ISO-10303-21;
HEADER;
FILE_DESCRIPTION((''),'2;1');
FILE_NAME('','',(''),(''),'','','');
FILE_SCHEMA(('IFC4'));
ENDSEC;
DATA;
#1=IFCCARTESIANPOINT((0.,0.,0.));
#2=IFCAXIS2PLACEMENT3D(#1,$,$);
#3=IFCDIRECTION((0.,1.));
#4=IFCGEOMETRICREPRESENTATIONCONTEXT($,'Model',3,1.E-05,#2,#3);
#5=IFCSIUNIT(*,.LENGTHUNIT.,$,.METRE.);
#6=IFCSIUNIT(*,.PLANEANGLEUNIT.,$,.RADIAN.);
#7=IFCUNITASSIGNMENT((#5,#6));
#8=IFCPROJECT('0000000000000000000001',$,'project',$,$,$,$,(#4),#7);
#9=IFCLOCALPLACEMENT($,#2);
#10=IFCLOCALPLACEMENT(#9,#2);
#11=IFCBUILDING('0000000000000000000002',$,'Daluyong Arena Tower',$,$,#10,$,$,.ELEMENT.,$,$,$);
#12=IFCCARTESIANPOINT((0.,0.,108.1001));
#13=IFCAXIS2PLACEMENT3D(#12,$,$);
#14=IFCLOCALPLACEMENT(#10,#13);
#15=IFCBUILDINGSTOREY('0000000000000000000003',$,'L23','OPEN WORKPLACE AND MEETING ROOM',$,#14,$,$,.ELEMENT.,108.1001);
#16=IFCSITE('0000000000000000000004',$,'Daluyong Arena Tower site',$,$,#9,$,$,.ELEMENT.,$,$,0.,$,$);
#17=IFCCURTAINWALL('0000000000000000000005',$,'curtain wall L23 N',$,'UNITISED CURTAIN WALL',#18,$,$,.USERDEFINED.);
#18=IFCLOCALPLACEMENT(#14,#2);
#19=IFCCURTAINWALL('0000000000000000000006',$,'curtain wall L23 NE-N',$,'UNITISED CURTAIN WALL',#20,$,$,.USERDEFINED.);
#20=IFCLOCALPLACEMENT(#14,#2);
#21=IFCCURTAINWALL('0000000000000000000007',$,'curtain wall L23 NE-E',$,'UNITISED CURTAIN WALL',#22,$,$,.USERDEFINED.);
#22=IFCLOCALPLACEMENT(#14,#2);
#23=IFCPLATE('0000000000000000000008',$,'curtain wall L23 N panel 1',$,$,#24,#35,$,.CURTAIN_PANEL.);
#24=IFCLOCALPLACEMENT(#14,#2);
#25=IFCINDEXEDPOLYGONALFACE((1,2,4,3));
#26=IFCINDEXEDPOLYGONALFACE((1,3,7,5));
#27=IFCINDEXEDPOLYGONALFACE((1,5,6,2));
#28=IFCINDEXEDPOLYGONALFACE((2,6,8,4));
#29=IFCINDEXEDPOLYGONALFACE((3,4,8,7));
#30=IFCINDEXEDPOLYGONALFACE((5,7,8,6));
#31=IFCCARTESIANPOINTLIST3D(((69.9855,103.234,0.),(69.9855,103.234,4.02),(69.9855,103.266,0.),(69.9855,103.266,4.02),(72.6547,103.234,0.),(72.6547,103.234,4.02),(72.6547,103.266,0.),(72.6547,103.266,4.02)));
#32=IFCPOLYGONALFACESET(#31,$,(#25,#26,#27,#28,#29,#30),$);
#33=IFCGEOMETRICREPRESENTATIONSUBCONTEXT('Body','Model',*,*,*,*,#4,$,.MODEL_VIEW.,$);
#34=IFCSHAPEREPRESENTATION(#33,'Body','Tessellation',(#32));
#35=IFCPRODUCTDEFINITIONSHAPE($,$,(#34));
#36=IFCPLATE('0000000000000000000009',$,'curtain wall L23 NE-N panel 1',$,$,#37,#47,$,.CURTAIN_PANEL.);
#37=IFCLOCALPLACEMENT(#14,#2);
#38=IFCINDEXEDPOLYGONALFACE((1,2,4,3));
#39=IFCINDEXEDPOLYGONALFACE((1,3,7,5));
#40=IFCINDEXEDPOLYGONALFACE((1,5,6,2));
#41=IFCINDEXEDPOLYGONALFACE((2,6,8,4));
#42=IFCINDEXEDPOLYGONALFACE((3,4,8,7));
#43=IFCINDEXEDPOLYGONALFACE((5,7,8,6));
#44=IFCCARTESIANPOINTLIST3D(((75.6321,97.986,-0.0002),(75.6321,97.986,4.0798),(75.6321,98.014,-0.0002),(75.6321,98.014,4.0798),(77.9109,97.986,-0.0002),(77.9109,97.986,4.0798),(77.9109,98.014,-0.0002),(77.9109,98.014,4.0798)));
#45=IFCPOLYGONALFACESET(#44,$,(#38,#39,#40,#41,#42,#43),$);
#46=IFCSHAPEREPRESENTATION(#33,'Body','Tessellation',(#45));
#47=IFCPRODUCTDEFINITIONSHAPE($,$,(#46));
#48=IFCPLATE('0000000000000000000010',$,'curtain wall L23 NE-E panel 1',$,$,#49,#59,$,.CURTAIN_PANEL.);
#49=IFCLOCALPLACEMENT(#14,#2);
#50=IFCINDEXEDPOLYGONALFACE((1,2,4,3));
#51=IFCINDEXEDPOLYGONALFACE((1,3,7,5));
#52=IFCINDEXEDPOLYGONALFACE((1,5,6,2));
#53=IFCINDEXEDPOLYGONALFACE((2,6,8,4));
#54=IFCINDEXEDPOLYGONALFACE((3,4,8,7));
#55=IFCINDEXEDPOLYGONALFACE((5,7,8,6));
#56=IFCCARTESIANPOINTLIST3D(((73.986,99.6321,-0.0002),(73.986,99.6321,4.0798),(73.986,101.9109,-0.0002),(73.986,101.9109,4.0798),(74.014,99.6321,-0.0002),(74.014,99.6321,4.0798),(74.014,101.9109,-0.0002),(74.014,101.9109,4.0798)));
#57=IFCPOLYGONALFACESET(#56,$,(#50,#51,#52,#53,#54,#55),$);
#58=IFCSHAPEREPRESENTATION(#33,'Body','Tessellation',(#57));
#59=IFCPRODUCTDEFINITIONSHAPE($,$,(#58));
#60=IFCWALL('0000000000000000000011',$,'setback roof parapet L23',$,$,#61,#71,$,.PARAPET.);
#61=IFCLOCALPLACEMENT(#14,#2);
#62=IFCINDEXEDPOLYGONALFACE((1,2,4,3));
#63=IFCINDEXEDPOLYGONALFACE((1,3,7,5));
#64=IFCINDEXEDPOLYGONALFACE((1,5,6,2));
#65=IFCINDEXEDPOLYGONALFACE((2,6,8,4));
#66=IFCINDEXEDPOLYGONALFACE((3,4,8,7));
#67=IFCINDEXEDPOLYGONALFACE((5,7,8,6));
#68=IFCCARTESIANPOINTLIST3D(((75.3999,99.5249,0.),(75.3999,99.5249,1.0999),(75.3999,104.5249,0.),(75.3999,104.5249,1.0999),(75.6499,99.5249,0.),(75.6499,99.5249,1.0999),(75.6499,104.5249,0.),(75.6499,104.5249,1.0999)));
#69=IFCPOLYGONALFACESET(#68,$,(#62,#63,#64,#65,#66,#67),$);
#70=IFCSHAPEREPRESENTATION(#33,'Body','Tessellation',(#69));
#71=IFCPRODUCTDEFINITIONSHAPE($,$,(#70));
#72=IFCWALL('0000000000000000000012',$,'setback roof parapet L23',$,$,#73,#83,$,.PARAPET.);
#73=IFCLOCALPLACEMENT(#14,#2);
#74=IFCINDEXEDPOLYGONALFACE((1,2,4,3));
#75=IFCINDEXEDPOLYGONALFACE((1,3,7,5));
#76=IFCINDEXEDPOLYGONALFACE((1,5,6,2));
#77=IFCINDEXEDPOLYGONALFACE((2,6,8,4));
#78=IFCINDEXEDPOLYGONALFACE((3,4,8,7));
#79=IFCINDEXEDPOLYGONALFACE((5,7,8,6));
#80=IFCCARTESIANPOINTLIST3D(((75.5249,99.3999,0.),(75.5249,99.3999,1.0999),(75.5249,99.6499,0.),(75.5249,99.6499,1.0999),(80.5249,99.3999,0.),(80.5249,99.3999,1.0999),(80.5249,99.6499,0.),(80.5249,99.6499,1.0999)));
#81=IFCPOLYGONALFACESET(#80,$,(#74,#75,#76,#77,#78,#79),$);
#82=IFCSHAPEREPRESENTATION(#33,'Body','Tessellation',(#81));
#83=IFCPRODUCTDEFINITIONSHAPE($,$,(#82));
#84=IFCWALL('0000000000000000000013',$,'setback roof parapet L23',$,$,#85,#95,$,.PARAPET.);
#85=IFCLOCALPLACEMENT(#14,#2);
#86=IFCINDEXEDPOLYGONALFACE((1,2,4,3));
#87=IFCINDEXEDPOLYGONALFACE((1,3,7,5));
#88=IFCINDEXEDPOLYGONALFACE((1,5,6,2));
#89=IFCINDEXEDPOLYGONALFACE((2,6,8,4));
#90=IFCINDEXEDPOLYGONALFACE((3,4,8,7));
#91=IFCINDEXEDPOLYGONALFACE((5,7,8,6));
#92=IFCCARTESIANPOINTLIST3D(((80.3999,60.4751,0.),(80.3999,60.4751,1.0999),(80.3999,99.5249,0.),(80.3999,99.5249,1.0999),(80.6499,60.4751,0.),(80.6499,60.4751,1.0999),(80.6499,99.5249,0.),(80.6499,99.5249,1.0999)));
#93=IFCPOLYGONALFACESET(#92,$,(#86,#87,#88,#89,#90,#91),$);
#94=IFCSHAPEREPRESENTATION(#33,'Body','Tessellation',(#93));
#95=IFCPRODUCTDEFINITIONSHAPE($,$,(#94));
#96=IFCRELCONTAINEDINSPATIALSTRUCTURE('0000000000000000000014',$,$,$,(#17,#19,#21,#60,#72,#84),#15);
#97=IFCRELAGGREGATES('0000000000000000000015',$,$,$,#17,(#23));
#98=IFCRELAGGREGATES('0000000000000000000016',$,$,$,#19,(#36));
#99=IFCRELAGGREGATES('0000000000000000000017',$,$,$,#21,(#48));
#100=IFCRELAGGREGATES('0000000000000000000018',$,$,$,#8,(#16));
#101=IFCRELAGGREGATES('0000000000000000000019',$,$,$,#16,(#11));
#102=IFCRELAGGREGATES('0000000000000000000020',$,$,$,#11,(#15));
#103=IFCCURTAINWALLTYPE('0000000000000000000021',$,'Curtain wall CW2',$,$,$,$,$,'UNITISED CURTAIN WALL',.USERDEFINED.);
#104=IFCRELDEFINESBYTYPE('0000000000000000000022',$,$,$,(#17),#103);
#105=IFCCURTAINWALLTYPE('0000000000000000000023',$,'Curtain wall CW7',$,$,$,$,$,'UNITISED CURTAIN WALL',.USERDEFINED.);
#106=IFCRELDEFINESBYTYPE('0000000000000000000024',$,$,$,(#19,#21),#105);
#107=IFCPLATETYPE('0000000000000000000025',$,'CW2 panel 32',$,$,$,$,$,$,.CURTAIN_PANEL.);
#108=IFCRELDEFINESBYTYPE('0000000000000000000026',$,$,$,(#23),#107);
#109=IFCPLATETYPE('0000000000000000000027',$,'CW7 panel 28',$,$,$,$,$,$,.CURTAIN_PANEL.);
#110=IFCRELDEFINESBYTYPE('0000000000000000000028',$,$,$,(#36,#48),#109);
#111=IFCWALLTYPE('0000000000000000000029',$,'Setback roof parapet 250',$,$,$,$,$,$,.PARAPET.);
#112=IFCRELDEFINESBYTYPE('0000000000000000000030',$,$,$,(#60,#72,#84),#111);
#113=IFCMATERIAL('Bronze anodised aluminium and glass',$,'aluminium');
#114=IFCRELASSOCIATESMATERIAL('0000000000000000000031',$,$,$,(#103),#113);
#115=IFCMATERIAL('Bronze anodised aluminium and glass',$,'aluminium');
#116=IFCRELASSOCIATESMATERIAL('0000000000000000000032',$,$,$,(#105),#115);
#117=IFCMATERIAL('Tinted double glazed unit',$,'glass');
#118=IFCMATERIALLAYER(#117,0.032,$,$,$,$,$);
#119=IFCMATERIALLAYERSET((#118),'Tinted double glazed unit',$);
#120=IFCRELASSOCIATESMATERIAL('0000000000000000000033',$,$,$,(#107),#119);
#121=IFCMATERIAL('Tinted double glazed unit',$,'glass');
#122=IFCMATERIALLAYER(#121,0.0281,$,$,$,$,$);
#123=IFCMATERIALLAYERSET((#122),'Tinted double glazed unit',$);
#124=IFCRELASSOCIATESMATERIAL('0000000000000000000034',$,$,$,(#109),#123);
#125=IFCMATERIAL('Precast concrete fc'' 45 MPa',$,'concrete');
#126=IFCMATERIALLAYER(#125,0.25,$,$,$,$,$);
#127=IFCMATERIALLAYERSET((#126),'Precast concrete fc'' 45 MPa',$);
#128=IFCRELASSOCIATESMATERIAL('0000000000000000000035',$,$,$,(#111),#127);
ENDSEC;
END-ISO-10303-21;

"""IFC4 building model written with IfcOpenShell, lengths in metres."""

from ifc_helpers import new_model, si_unit, direction, frame, frame_2d, origin, origin_2d, place, context, subcontext, project, spatial, rectangle, extrude, material, layer, layer_set, type_object, element, aggregate, save


model = new_model("IFC4")

# Units and contexts
model_context = context("Model", 3, precision=1e-05, world=origin(), true_north=direction((0.0, 1.0)))
body_context = subcontext(model_context, "Body", "Model", "MODEL_VIEW")
ifc_project = project(units=[si_unit("LENGTHUNIT", "METRE"), si_unit("PLANEANGLEUNIT", "RADIAN")], contexts=[model_context])

# Site, building, storey
site_placement = place(None, origin())
site = spatial("IfcSite", under=ifc_project, at=site_placement, Name="Daluyong Arena Tower site", CompositionType="ELEMENT", RefElevation=0.0)
building_placement = place(site_placement, origin())
building = spatial("IfcBuilding", under=site, at=building_placement, Name="Daluyong Arena Tower", CompositionType="ELEMENT")
storey_placement = place(building_placement, frame((0.0, 0.0, 108.1001)))
storey = spatial("IfcBuildingStorey", under=building, at=storey_placement, Name="L23", Description="OPEN WORKPLACE AND MEETING ROOM", CompositionType="ELEMENT", Elevation=108.1001)

# Shared definitions
ifc_material_1 = material(Name="Bronze anodised aluminium and glass", Category="aluminium")
curtain_wall_type_1 = type_object("IfcCurtainWallType", Name="Curtain wall CW2", ElementType="UNITISED CURTAIN WALL", PredefinedType="USERDEFINED", material=ifc_material_1)

# Curtain walls
curtain_wall_1_placement = place(storey_placement, origin())
curtain_wall_1 = element("IfcCurtainWall", 1, at=curtain_wall_1_placement, inside=storey, type_object=curtain_wall_type_1, Name="curtain wall L23 N", ObjectType="UNITISED CURTAIN WALL", PredefinedType="USERDEFINED")
ifc_material_2 = material(Name="Bronze anodised aluminium and glass", Category="aluminium")
curtain_wall_type_2 = type_object("IfcCurtainWallType", Name="Curtain wall CW7", ElementType="UNITISED CURTAIN WALL", PredefinedType="USERDEFINED", material=ifc_material_2)
curtain_wall_2_placement = place(storey_placement, origin())
curtain_wall_2 = element("IfcCurtainWall", 2, at=curtain_wall_2_placement, inside=storey, type_object=curtain_wall_type_2, Name="curtain wall L23 NE-N", ObjectType="UNITISED CURTAIN WALL", PredefinedType="USERDEFINED")
curtain_wall_3_placement = place(storey_placement, origin())
curtain_wall_3 = element("IfcCurtainWall", 3, at=curtain_wall_3_placement, inside=storey, type_object=curtain_wall_type_2, Name="curtain wall L23 NE-E", ObjectType="UNITISED CURTAIN WALL", PredefinedType="USERDEFINED")

# Plates
ifc_material_3 = material(Name="Tinted double glazed unit", Category="glass")
ifc_layer_1 = layer(ifc_material_3, 0.032)
ifc_layer_set_1 = layer_set([ifc_layer_1], Name="Tinted double glazed unit")
plate_type_1 = type_object("IfcPlateType", Name="CW2 panel 32", PredefinedType="CURTAIN_PANEL", material=ifc_layer_set_1)
plate_1_placement = place(storey_placement, frame((71.3201, 103.25, 0.0), z_axis=(0.0, 0.0, 1.0), x_axis=(-1.0, 0.0, 0.0)))
plate_1 = element("IfcPlate", 4, at=plate_1_placement, type_object=plate_type_1, Name="curtain wall L23 N panel 1", PredefinedType="CURTAIN_PANEL", context=body_context, shape_type="SweptSolid", body=[
    extrude(rectangle(XDim=2.6692, YDim=0.032, at=origin_2d()), origin(), (0.0, 0.0, 1.0), 4.02),
])
aggregate(curtain_wall_1, [plate_1])
ifc_material_4 = material(Name="Tinted double glazed unit", Category="glass")
ifc_layer_2 = layer(ifc_material_4, 0.0281)
ifc_layer_set_2 = layer_set([ifc_layer_2], Name="Tinted double glazed unit")
plate_type_2 = type_object("IfcPlateType", Name="CW7 panel 28", PredefinedType="CURTAIN_PANEL", material=ifc_layer_set_2)
plate_2_placement = place(storey_placement, frame((76.7715, 98.0, -0.0002), z_axis=(0.0, 0.0, 1.0), x_axis=(-1.0, 0.0, 0.0)))
plate_2 = element("IfcPlate", 5, at=plate_2_placement, type_object=plate_type_2, Name="curtain wall L23 NE-N panel 1", PredefinedType="CURTAIN_PANEL", context=body_context, shape_type="SweptSolid", body=[
    extrude(rectangle(XDim=2.2788, YDim=0.0281, at=origin_2d()), origin(), (0.0, 0.0, 1.0), 4.0801),
])
aggregate(curtain_wall_2, [plate_2])
plate_3_placement = place(storey_placement, frame((74.0, 100.7715, -0.0002), z_axis=(0.0, 0.0, 1.0), x_axis=(0.0, 1.0, 0.0)))
plate_3 = element("IfcPlate", 6, at=plate_3_placement, type_object=plate_type_2, Name="curtain wall L23 NE-E panel 1", PredefinedType="CURTAIN_PANEL", context=body_context, shape_type="SweptSolid", body=[
    extrude(rectangle(XDim=2.2788, YDim=0.0281, at=origin_2d()), origin(), (0.0, 0.0, 1.0), 4.0801),
])
aggregate(curtain_wall_3, [plate_3])

# Walls
ifc_material_5 = material(Name="Precast concrete fc' 45 MPa", Category="concrete")
ifc_layer_3 = layer(ifc_material_5, 0.25)
ifc_layer_set_3 = layer_set([ifc_layer_3], Name="Precast concrete fc' 45 MPa")
wall_type = type_object("IfcWallType", Name="Setback roof parapet 250", PredefinedType="PARAPET", material=ifc_layer_set_3)
for number, where, z_axis, x_axis, name in (
    (7, (75.5249, 104.5249, 0.0), (0.0, 0.0, 1.0), (0.0, -1.0, 0.0), "setback roof parapet L23"),
    (8, (75.5249, 99.5249, 0.0), (0.0, 0.0, 1.0), (1.0, 0.0, 0.0), "setback roof parapet L23"),
):
    element("IfcWall", number, at=place(storey_placement, frame(where, z_axis=z_axis, x_axis=x_axis)), inside=storey, type_object=wall_type, Name=name, PredefinedType="PARAPET", context=body_context, shape_type="SweptSolid", body=[
        extrude(rectangle(XDim=5.0, YDim=0.25, at=frame_2d((2.5, 0.0))), origin(), (0.0, 0.0, 1.0), 1.0999),
    ])
wall_placement = place(storey_placement, frame((80.5249, 99.5249, 0.0), z_axis=(0.0, 0.0, 1.0), x_axis=(0.0, -1.0, 0.0)))
element("IfcWall", 9, at=wall_placement, inside=storey, type_object=wall_type, Name="setback roof parapet L23", PredefinedType="PARAPET", context=body_context, shape_type="SweptSolid", body=[
    extrude(rectangle(XDim=39.0498, YDim=0.25, at=frame_2d((19.5249, 0.0))), origin(), (0.0, 0.0, 1.0), 1.0999),
])

save(model, "model.ifc")
